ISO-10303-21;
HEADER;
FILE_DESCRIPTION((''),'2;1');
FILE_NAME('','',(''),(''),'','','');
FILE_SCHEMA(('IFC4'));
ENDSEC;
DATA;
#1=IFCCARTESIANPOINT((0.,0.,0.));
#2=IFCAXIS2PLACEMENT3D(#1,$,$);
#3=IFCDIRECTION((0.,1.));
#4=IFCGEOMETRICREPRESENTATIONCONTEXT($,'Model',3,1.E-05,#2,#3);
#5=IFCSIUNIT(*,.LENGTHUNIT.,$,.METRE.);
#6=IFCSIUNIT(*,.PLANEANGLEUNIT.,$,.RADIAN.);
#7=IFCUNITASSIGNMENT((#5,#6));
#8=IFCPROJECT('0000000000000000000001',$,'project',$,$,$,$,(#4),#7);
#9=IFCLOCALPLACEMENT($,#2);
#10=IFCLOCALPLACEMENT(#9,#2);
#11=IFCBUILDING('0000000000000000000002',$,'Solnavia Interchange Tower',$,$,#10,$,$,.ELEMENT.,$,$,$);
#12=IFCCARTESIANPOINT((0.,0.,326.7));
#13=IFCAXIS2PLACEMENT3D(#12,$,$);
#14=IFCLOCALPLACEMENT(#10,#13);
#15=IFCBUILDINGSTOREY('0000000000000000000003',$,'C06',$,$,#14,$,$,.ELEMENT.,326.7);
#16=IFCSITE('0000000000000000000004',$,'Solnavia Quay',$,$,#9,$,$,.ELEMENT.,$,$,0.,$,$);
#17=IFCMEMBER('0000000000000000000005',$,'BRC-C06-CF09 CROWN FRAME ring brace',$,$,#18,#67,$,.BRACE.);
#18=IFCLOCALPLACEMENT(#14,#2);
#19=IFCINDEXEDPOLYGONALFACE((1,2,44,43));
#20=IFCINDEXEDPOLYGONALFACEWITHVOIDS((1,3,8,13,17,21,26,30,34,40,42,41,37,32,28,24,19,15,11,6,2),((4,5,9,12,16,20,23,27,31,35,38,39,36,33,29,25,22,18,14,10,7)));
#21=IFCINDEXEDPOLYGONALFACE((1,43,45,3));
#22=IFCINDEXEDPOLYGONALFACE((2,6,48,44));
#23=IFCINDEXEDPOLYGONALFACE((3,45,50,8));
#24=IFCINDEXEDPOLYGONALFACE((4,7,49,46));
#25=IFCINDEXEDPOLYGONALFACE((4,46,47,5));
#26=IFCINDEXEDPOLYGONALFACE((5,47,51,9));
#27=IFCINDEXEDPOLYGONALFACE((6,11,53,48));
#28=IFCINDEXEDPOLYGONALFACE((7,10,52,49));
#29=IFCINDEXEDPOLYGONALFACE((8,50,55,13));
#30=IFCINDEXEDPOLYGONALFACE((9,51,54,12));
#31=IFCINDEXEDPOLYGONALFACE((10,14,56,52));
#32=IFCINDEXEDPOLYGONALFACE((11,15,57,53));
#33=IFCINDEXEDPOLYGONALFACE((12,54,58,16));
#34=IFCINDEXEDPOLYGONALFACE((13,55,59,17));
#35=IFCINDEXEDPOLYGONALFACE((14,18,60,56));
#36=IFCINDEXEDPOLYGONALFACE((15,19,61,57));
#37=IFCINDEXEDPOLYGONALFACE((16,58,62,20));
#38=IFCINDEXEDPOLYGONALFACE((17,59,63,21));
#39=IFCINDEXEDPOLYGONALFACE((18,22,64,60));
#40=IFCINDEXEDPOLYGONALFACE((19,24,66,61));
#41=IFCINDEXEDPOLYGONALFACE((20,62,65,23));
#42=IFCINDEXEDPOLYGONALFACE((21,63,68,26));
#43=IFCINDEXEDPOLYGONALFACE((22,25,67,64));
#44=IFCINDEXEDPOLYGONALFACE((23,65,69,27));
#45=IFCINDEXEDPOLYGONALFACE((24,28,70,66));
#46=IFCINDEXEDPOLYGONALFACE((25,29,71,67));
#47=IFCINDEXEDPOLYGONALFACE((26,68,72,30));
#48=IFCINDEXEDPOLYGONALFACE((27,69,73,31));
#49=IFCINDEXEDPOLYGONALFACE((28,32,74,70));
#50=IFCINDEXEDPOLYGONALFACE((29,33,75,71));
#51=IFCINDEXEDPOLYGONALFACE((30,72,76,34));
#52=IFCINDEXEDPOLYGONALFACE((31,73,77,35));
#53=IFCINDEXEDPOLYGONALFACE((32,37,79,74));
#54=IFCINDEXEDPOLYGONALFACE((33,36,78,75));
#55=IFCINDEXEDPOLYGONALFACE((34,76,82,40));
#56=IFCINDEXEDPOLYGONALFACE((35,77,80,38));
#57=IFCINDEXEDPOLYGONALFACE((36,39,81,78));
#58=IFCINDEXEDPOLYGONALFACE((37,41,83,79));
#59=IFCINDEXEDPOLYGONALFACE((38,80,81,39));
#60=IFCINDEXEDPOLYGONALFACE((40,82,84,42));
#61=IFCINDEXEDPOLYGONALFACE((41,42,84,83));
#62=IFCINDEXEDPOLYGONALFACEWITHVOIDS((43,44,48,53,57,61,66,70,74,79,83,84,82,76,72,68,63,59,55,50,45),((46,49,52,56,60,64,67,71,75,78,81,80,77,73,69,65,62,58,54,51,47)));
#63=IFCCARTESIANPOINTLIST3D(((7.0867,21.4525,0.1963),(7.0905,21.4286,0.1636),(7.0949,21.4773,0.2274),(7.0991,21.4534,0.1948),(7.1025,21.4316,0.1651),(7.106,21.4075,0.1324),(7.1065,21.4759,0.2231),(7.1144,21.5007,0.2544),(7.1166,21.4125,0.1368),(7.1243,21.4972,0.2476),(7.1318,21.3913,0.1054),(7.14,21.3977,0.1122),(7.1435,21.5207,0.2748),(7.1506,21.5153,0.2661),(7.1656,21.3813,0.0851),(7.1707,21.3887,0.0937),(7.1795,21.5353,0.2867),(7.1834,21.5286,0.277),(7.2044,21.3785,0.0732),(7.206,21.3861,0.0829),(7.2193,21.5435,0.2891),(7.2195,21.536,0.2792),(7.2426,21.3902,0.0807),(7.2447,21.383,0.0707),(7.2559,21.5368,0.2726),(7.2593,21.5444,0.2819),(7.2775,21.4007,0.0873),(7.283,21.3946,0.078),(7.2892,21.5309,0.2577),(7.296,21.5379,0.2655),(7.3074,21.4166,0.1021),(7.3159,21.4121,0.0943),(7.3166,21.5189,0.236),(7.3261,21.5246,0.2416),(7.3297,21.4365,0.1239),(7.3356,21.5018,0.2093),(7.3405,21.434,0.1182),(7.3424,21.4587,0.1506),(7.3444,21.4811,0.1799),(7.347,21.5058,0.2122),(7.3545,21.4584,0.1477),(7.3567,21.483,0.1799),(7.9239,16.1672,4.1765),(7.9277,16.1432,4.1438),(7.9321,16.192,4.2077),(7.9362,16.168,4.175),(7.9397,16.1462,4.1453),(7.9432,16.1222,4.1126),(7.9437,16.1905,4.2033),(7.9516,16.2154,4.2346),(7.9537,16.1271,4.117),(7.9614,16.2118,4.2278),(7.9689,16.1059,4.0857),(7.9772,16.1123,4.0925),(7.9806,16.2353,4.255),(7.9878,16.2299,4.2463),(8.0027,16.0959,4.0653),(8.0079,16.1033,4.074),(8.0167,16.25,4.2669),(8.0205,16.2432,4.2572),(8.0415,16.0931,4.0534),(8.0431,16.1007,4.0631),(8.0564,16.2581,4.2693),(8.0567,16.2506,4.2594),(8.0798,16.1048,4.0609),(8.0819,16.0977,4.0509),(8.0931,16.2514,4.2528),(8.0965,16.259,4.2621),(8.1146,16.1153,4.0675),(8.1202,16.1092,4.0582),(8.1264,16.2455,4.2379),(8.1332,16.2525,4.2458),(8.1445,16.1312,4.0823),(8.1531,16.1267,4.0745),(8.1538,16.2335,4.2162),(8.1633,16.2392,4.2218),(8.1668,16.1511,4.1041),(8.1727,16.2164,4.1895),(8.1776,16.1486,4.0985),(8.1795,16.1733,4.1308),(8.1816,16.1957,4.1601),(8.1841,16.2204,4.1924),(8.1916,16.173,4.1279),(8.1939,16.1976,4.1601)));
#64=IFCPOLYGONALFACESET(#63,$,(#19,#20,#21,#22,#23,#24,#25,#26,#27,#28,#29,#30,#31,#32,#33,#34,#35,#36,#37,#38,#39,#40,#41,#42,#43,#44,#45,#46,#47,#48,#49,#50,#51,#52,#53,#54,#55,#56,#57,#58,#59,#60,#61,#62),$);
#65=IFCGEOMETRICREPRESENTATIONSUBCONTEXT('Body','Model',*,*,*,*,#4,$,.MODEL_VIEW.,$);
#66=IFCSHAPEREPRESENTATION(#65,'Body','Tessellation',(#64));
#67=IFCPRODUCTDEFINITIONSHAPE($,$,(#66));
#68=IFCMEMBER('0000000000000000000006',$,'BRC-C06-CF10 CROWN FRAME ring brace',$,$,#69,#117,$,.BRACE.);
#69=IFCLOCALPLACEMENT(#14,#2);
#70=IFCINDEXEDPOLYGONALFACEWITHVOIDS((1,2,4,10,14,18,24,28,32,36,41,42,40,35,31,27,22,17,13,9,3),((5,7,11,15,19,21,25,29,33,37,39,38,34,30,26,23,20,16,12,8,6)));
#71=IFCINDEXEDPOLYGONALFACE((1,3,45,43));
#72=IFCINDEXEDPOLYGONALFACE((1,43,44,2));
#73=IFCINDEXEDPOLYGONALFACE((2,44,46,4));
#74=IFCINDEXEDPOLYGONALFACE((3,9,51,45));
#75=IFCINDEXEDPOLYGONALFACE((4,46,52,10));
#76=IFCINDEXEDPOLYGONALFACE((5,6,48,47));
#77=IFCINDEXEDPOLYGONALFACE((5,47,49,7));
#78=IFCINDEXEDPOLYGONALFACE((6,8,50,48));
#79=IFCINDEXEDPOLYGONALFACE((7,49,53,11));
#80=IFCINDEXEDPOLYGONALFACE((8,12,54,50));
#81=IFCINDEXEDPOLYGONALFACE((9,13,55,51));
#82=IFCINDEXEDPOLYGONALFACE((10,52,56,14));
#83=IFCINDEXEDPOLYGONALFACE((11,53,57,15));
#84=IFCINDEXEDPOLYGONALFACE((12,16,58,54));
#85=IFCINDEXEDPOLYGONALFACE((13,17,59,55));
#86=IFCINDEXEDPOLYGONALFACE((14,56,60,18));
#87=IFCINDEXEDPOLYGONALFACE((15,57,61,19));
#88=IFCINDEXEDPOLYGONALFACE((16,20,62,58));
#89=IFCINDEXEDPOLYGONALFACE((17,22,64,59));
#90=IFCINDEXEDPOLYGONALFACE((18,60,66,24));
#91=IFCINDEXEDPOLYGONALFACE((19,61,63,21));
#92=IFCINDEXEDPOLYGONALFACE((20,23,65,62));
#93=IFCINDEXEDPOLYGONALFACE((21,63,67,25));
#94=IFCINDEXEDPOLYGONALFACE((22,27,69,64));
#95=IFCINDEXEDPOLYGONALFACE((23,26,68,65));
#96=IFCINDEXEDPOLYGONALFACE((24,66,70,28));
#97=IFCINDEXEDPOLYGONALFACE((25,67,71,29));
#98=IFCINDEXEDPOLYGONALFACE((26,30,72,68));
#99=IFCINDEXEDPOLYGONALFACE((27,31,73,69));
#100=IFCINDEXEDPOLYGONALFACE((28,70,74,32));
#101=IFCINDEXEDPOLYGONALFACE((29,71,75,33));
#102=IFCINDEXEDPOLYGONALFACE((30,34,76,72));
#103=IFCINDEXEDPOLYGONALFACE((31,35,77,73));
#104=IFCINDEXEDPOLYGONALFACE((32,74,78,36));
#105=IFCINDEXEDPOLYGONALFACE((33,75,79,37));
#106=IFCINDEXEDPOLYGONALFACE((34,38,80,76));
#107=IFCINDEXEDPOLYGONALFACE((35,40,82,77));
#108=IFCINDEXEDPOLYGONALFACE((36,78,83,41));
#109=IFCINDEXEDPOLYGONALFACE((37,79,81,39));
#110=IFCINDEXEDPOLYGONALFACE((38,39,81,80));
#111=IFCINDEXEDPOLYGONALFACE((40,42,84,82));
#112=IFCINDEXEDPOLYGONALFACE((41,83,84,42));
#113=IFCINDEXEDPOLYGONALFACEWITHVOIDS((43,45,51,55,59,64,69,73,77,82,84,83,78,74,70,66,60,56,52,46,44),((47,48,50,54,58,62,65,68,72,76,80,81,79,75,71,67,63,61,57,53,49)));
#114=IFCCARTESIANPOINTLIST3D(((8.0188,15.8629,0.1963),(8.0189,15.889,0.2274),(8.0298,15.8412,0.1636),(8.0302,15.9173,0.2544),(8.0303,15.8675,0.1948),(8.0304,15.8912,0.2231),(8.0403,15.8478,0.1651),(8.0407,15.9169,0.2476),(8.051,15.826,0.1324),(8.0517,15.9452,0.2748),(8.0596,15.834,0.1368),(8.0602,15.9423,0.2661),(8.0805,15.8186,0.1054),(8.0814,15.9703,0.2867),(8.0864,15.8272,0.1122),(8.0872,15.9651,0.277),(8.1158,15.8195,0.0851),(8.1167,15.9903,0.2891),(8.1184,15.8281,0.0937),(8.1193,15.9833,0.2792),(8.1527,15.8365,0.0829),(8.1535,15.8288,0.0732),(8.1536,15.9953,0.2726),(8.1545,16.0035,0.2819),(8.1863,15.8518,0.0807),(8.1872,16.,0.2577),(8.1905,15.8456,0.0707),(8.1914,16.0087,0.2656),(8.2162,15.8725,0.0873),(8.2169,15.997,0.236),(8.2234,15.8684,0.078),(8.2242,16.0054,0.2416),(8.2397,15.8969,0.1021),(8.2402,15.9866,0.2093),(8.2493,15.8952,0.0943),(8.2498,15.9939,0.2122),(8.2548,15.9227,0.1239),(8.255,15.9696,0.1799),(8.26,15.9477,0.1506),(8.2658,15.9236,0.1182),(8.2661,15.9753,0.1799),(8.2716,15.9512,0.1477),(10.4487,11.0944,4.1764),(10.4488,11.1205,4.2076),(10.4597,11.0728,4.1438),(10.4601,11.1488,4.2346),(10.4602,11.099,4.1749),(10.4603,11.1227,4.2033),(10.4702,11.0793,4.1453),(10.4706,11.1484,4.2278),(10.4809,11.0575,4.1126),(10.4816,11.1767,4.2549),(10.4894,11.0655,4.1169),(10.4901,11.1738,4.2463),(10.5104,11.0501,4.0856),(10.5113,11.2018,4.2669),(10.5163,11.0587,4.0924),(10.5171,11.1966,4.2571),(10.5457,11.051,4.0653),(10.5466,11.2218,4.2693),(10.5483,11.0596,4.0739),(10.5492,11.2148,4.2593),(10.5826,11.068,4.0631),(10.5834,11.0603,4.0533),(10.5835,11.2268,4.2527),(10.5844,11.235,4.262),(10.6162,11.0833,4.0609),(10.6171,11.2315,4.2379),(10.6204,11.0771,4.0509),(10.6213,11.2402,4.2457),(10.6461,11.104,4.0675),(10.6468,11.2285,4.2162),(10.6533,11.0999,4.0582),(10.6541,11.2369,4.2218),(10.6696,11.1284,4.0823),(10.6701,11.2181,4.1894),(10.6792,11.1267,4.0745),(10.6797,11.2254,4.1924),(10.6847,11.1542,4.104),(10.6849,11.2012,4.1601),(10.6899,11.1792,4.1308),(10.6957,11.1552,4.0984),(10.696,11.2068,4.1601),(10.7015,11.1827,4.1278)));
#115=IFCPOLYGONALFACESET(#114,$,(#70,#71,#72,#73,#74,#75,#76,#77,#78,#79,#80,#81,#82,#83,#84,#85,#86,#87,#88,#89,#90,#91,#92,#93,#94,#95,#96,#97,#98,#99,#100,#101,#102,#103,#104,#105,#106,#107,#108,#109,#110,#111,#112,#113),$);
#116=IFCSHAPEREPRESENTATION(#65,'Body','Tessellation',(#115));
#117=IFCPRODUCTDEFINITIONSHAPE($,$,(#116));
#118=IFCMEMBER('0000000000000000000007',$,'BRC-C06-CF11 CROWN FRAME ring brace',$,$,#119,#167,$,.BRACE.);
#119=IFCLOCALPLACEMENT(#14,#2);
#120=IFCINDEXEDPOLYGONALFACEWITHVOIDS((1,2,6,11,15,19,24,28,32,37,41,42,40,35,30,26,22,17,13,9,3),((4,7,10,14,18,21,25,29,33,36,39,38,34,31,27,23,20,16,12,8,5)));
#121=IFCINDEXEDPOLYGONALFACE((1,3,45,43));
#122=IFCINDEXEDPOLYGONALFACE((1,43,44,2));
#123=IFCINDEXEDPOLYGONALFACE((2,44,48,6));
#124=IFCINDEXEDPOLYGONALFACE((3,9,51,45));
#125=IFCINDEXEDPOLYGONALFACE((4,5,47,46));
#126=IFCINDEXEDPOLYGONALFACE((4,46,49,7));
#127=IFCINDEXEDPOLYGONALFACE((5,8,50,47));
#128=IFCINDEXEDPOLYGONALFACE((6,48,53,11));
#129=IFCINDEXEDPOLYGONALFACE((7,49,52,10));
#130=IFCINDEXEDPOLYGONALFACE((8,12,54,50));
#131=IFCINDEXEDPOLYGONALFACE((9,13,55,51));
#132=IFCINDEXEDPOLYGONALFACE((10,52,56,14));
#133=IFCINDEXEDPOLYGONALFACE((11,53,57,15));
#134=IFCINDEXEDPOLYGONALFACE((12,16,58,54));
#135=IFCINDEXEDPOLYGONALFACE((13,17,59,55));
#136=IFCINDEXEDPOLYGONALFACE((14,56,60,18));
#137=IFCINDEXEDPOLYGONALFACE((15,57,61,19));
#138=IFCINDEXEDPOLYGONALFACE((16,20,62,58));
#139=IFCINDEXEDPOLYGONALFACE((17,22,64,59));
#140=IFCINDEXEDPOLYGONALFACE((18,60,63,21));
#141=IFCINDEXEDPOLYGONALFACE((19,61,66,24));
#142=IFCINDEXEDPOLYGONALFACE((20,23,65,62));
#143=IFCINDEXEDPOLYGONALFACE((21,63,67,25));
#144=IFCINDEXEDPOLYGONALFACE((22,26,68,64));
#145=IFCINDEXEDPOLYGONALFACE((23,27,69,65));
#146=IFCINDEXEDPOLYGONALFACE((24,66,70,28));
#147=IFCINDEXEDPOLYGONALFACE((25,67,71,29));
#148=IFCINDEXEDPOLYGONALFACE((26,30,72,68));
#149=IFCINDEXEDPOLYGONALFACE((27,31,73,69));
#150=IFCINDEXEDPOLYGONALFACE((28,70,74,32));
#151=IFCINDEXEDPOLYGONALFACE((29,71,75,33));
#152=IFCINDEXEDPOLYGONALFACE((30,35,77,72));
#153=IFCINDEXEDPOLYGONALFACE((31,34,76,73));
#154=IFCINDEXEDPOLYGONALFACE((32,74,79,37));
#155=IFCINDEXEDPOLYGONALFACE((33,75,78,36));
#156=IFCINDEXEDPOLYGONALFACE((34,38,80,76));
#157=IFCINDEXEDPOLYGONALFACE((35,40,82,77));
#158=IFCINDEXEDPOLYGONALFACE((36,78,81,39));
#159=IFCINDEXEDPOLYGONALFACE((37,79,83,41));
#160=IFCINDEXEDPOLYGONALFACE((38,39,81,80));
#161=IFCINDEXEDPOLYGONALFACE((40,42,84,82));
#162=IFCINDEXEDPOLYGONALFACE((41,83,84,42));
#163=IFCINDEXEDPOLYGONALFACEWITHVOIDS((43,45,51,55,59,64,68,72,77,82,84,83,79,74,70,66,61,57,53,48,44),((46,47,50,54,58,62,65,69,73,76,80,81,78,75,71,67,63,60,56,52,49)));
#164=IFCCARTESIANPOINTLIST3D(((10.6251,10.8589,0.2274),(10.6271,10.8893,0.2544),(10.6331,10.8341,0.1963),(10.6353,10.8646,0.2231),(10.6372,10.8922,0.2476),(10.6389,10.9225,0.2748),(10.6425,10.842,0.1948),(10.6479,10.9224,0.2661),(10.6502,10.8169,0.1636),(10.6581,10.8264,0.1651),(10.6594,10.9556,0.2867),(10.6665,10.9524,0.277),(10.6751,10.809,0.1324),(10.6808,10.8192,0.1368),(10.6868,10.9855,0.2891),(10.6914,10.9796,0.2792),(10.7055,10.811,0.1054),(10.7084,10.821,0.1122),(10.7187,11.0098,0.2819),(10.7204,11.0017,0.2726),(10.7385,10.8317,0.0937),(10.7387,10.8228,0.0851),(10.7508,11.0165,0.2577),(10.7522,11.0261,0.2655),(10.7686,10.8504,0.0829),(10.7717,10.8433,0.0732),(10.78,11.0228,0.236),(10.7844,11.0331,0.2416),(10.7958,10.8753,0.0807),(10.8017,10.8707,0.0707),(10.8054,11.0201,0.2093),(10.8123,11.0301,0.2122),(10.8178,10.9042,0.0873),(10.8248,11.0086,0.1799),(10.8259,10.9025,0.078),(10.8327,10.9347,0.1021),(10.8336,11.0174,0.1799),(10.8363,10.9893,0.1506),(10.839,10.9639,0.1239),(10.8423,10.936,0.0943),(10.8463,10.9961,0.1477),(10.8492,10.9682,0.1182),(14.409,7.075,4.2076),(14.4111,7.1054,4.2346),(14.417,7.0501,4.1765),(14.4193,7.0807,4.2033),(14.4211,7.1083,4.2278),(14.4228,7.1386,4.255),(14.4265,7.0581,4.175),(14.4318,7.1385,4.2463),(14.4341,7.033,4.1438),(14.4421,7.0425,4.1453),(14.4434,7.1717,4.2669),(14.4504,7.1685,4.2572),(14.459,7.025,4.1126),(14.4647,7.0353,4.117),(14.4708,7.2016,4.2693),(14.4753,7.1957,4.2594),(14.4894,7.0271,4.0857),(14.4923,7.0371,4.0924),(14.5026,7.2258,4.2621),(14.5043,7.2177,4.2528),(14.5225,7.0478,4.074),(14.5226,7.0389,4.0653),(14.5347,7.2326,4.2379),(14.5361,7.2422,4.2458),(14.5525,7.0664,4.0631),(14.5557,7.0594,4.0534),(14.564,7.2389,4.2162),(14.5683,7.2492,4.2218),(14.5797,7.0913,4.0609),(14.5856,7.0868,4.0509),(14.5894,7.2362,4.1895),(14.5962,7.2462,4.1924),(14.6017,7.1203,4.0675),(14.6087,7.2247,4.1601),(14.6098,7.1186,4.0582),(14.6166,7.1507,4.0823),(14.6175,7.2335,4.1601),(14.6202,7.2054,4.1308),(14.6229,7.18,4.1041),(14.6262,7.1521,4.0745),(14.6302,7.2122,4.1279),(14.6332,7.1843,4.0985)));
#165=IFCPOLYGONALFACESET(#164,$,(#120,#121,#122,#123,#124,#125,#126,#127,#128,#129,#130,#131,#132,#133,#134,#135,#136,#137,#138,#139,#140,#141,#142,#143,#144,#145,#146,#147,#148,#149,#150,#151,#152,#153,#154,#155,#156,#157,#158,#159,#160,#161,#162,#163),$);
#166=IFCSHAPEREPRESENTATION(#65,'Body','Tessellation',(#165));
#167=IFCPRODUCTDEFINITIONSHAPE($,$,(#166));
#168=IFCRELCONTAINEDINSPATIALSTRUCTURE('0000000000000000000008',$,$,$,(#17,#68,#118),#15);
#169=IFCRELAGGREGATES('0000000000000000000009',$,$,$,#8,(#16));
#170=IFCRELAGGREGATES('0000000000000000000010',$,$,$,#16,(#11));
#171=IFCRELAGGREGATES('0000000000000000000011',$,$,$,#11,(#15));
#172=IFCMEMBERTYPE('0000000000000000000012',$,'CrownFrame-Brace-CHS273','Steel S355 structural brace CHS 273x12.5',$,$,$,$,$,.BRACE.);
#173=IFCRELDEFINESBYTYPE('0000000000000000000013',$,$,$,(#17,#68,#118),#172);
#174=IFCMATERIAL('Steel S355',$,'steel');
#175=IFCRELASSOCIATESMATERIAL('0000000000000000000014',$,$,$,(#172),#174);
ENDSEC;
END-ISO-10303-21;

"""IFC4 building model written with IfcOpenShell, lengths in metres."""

from ifc_helpers import new_model, si_unit, direction, frame, origin, origin_2d, place, context, subcontext, project, spatial, hollow_circle, extrude, material, material_profile, profile_set, type_object, element, save


model = new_model("IFC4")

# Units and contexts
model_context = context("Model", 3, precision=1e-05, world=origin(), true_north=direction((0.0, 1.0)))
body_context = subcontext(model_context, "Body", "Model", "MODEL_VIEW")
ifc_project = project(units=[si_unit("LENGTHUNIT", "METRE"), si_unit("PLANEANGLEUNIT", "RADIAN")], contexts=[model_context])

# Site, building, storey
site_placement = place(None, origin())
site = spatial("IfcSite", under=ifc_project, at=site_placement, Name="Solnavia Quay", CompositionType="ELEMENT", RefElevation=0.0)
building_placement = place(site_placement, origin())
building = spatial("IfcBuilding", under=site, at=building_placement, Name="Solnavia Interchange Tower", CompositionType="ELEMENT")
storey_placement = place(building_placement, frame((0.0, 0.0, 326.7)))
storey = spatial("IfcBuildingStorey", under=building, at=storey_placement, Name="C06", CompositionType="ELEMENT", Elevation=326.7)

# Members
ifc_material_1 = material(Name="Steel S355", Category="steel")
ifc_material_profile_1 = material_profile(ifc_material_1, hollow_circle(Radius=0.1365, WallThickness=0.0125, at=origin_2d()), Name="CHS 273x12.5")
ifc_profile_set_1 = profile_set([ifc_material_profile_1], Name="Steel S355")
member_type = type_object("IfcMemberType", Name="CrownFrame-Brace-CHS273", Description="Steel S355 structural brace CHS 273x12.5", PredefinedType="BRACE", material=ifc_profile_set_1)
member_1_placement = place(storey_placement, frame((7.2219, 21.4617, 0.1799), z_axis=(0.125526, -0.792507, 0.596805), x_axis=(0.987687, 0.15644, 0.0)))
element("IfcMember", 1, at=member_1_placement, inside=storey, type_object=member_type, Name="BRC-C06-CF09 CROWN FRAME ring brace", PredefinedType="BRACE", context=body_context, shape_type="SweptSolid", body=[
    extrude(hollow_circle(Radius=0.1365, WallThickness=0.0125, at=origin_2d()), origin(), (0.0, 0.0, 1.0), 6.6692),
])
member_2_placement = place(storey_placement, frame((8.1445, 15.9133, 0.1799), z_axis=(0.36432, -0.71495, 0.596756), x_axis=(0.890989, 0.454025, 0.0)))
element("IfcMember", 2, at=member_2_placement, inside=storey, type_object=member_type, Name="BRC-C06-CF10 CROWN FRAME ring brace", PredefinedType="BRACE", context=body_context, shape_type="SweptSolid", body=[
    extrude(hollow_circle(Radius=0.1365, WallThickness=0.0125, at=origin_2d()), origin(), (0.0, 0.0, 1.0), 6.6697),
])
member_3_placement = place(storey_placement, frame((10.7371, 10.9209, 0.1799), z_axis=(0.567373, -0.567373, 0.596805), x_axis=(0.707107, 0.707107, 0.0)))
element("IfcMember", 3, at=member_3_placement, inside=storey, type_object=member_type, Name="BRC-C06-CF11 CROWN FRAME ring brace", PredefinedType="BRACE", context=body_context, shape_type="SweptSolid", body=[
    extrude(hollow_circle(Radius=0.1365, WallThickness=0.0125, at=origin_2d()), origin(), (0.0, 0.0, 1.0), 6.6692),
])

save(model, "model.ifc")
